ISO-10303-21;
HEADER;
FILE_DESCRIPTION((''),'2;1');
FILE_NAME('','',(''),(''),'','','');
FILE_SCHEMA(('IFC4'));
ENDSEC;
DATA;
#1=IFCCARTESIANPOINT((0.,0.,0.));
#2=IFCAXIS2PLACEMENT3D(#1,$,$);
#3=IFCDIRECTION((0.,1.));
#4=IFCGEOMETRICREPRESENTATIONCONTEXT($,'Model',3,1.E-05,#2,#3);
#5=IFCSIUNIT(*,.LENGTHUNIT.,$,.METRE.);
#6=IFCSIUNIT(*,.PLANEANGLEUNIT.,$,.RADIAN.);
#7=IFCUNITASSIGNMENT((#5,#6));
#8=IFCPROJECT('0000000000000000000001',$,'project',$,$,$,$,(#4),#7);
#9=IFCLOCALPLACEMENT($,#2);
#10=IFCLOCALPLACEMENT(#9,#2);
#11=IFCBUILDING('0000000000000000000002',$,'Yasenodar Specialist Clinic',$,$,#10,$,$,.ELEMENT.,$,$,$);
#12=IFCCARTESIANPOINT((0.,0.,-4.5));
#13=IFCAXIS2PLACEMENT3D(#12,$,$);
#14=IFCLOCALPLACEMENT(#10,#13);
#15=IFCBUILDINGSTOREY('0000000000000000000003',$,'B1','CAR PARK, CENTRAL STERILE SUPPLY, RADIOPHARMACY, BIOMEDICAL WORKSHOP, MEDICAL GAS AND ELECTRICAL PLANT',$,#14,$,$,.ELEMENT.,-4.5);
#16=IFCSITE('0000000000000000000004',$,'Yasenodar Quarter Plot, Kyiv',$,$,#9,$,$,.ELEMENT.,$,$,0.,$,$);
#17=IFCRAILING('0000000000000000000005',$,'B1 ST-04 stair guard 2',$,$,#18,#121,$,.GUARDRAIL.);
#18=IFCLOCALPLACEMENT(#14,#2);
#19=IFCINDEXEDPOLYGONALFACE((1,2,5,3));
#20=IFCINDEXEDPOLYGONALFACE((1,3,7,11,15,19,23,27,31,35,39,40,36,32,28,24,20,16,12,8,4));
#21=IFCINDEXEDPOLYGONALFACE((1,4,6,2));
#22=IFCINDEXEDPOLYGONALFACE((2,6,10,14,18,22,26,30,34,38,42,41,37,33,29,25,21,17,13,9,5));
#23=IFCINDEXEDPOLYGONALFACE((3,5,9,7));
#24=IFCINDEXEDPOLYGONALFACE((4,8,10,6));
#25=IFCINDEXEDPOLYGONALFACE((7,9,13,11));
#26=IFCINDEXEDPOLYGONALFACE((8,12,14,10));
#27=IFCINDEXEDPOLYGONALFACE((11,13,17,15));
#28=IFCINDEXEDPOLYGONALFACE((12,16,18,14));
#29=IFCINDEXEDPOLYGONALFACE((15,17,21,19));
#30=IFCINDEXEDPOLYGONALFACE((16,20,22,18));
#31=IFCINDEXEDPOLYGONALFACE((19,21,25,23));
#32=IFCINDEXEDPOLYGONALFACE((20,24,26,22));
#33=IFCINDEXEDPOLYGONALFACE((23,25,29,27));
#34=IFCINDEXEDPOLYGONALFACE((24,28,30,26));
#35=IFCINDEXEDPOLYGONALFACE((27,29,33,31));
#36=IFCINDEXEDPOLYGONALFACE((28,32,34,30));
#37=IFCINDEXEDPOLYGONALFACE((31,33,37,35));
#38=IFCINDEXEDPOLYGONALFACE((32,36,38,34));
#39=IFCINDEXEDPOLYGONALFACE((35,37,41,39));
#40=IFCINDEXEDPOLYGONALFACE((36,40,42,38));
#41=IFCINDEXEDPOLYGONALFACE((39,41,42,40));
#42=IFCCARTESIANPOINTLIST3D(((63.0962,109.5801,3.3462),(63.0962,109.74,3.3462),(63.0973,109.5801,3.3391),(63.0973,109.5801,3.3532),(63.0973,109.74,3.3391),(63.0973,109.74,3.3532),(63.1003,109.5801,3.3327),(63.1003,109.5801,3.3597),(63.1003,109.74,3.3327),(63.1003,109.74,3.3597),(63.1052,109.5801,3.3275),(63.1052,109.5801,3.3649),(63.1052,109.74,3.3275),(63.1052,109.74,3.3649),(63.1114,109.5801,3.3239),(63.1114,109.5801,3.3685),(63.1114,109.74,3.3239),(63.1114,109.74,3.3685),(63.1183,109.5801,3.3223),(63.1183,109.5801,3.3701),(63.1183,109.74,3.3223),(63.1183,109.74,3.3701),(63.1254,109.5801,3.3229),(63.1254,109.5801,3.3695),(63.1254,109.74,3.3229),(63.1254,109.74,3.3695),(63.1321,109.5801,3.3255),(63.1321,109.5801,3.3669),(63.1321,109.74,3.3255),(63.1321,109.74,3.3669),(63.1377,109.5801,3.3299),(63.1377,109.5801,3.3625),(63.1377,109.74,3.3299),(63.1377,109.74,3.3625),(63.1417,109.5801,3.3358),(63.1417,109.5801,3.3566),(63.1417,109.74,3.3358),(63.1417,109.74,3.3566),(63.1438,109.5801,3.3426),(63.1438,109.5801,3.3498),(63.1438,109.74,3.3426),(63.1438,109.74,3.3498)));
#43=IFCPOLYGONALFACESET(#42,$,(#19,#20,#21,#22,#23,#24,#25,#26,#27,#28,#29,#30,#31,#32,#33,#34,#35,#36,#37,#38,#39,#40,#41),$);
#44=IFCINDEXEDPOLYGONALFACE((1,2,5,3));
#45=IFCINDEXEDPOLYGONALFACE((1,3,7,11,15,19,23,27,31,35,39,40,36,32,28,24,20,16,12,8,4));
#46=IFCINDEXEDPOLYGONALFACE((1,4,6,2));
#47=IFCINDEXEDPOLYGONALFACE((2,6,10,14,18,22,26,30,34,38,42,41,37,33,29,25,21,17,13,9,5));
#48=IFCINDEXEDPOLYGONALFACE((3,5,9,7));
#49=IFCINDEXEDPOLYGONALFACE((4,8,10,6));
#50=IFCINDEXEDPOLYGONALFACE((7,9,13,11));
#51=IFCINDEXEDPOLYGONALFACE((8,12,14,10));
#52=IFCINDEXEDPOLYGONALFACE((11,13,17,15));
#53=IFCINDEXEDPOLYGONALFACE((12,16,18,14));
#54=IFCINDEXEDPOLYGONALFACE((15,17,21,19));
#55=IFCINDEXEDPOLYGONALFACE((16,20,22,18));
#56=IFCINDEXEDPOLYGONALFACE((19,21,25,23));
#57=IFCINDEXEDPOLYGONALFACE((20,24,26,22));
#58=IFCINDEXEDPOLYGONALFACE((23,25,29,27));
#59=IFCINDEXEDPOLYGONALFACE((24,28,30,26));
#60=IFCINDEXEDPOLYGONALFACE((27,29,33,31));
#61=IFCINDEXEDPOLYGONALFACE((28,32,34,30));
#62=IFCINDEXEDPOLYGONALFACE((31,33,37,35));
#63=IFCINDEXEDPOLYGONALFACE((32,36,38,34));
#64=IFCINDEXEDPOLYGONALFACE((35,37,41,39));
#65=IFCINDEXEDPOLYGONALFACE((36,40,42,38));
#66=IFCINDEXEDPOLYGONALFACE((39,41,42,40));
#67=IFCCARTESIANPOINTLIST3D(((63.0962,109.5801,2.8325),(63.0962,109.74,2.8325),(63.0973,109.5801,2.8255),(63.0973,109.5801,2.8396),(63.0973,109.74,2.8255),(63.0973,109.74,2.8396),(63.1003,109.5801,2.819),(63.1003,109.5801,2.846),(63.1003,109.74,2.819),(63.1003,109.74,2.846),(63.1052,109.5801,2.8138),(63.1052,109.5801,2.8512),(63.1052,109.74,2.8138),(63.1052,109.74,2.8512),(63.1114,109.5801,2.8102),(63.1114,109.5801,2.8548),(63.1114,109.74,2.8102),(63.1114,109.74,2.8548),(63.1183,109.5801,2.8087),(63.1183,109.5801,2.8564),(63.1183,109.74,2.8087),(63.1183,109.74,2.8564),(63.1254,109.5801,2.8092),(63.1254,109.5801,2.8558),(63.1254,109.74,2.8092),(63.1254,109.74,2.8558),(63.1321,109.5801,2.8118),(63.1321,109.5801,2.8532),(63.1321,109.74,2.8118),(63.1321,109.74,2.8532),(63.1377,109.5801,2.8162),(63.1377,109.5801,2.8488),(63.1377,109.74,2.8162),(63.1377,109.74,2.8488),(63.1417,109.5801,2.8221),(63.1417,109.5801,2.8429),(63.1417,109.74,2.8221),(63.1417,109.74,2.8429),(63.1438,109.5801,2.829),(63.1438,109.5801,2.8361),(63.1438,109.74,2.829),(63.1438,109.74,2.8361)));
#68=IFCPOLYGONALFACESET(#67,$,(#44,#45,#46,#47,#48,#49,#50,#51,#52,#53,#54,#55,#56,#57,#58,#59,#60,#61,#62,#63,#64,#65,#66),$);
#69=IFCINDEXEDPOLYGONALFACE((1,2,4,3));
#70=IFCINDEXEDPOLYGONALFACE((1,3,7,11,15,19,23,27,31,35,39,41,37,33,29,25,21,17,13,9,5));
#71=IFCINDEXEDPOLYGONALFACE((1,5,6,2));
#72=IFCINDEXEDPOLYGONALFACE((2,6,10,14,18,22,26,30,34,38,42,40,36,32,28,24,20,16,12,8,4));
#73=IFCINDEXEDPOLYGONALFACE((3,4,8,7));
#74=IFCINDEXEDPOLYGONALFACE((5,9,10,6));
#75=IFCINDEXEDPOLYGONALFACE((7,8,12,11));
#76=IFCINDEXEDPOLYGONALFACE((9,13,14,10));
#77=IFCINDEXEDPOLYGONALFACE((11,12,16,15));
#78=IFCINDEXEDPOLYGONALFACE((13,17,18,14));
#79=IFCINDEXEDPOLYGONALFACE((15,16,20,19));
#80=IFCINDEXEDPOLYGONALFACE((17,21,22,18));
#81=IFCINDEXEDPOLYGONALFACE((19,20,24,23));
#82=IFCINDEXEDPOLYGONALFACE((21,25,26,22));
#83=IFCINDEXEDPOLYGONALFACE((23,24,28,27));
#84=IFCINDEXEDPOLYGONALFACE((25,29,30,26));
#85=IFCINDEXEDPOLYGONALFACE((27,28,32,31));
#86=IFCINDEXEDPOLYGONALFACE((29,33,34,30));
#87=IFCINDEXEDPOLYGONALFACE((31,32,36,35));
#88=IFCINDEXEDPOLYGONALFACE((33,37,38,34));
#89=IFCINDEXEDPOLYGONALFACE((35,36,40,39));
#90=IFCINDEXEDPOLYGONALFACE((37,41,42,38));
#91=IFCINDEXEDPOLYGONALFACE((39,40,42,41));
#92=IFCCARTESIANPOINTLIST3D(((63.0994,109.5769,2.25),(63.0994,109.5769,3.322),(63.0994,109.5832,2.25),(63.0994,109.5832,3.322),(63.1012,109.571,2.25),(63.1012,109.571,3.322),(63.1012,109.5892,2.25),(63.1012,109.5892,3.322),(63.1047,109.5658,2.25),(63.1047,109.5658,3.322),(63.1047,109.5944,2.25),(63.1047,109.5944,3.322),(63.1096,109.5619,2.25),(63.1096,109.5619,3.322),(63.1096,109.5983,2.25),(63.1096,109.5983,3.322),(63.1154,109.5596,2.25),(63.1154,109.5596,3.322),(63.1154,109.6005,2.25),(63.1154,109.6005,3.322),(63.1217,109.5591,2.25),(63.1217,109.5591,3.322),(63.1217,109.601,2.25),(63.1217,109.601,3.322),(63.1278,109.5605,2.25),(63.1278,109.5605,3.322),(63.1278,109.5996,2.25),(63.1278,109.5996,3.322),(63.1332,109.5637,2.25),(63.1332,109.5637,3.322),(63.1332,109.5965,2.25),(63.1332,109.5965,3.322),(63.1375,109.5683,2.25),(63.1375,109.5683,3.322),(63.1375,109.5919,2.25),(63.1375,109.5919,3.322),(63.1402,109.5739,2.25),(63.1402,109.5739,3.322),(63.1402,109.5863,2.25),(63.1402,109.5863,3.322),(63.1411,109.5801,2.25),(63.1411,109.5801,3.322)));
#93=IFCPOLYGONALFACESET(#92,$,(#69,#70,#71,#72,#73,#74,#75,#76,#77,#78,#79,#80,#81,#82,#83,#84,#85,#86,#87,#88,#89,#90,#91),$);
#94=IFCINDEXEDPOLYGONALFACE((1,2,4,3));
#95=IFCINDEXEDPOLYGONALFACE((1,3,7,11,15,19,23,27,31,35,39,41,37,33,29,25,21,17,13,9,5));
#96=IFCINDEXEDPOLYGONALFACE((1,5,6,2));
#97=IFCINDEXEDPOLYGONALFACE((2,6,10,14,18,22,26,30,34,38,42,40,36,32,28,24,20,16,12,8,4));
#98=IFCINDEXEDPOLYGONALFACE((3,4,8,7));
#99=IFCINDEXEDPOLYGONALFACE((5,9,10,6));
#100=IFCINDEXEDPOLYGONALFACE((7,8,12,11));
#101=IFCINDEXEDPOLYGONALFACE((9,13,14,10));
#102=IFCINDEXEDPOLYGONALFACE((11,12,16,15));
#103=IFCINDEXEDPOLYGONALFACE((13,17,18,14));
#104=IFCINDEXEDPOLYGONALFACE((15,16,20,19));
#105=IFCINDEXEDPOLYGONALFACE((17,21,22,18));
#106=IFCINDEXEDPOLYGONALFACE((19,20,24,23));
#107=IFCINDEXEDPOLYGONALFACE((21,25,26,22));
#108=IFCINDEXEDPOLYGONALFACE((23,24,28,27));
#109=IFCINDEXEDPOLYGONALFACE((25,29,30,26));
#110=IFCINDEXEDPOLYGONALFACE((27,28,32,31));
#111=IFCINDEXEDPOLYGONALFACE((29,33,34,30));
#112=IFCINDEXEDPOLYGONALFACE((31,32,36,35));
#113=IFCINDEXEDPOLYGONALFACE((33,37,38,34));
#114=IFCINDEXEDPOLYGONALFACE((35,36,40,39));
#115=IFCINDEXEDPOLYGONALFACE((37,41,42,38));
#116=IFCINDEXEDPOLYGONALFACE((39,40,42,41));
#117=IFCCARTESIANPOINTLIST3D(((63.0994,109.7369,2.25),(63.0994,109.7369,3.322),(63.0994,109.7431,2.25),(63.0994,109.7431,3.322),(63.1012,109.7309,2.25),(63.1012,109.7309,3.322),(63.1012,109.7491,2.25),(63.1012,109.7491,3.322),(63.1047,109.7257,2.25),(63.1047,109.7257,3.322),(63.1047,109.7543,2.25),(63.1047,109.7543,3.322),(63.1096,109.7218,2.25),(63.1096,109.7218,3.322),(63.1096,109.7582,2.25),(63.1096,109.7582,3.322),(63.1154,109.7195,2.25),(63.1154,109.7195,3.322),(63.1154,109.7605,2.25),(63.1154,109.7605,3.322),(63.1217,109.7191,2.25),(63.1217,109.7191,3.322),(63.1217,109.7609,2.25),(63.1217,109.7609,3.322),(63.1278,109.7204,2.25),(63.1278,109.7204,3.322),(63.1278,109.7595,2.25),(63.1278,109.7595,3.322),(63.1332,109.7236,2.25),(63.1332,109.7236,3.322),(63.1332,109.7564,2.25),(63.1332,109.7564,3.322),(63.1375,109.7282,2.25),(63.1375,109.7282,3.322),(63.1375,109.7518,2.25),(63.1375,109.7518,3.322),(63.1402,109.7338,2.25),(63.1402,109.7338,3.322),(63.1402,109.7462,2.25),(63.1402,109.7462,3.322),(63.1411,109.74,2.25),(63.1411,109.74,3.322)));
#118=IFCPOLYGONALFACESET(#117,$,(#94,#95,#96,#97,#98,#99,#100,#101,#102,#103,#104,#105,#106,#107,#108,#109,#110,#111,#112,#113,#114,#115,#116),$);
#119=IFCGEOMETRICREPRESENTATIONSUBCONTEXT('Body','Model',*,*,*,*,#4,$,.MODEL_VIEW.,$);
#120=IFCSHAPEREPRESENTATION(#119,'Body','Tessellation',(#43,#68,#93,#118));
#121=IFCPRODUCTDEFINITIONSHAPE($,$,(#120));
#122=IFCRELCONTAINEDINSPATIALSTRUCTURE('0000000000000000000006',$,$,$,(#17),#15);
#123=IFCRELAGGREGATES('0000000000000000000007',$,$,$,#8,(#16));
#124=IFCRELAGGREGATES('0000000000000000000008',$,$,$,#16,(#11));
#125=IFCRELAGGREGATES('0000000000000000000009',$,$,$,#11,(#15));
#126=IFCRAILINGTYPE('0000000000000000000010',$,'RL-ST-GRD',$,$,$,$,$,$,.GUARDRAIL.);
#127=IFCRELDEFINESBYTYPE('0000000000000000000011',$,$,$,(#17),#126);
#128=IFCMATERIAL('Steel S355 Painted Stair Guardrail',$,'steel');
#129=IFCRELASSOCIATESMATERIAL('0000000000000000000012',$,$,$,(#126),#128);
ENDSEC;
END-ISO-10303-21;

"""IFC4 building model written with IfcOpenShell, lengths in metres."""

from ifc_helpers import new_model, si_unit, direction, frame, origin, origin_2d, place, context, subcontext, project, spatial, circle, extrude, material, type_object, element, save


model = new_model("IFC4")

# Units and contexts
model_context = context("Model", 3, precision=1e-05, world=origin(), true_north=direction((0.0, 1.0)))
body_context = subcontext(model_context, "Body", "Model", "MODEL_VIEW")
ifc_project = project(units=[si_unit("LENGTHUNIT", "METRE"), si_unit("PLANEANGLEUNIT", "RADIAN")], contexts=[model_context])

# Site, building, storey
site_placement = place(None, origin())
site = spatial("IfcSite", under=ifc_project, at=site_placement, Name="Yasenodar Quarter Plot, Kyiv", CompositionType="ELEMENT", RefElevation=0.0)
building_placement = place(site_placement, origin())
building = spatial("IfcBuilding", under=site, at=building_placement, Name="Yasenodar Specialist Clinic", CompositionType="ELEMENT")
storey_placement = place(building_placement, frame((0.0, 0.0, -4.5)))
storey = spatial("IfcBuildingStorey", under=building, at=storey_placement, Name="B1", Description="CAR PARK, CENTRAL STERILE SUPPLY, RADIOPHARMACY, BIOMEDICAL WORKSHOP, MEDICAL GAS AND ELECTRICAL PLANT", CompositionType="ELEMENT", Elevation=-4.5)

# Railing
ifc_material_1 = material(Name="Steel S355 Painted Stair Guardrail", Category="steel")
railing_type_1 = type_object("IfcRailingType", Name="RL-ST-GRD", PredefinedType="GUARDRAIL", material=ifc_material_1)
railing_1_placement = place(storey_placement, frame((63.1201, 109.5801, 2.25)))
element("IfcRailing", 1, at=railing_1_placement, inside=storey, type_object=railing_type_1, Name="B1 ST-04 stair guard 2", PredefinedType="GUARDRAIL", context=body_context, shape_type="SweptSolid", body=[
    extrude(circle(Radius=0.0239, at=origin_2d()), frame((0.0, 0.0, 1.0962), z_axis=(0.0, 1.0, 0.0), x_axis=(-1.0, 0.0, 0.0)), (0.0, 0.0, 1.0), 0.1599),
    extrude(circle(Radius=0.0239, at=origin_2d()), frame((0.0, 0.0, 0.5825), z_axis=(0.0, 1.0, 0.0), x_axis=(-1.0, 0.0, 0.0)), (0.0, 0.0, 1.0), 0.1599),
    extrude(circle(Radius=0.021, at=origin_2d()), origin(), (0.0, 0.0, 1.0), 1.072),
    extrude(circle(Radius=0.021, at=origin_2d()), frame((0.0, 0.1599, 0.0)), (0.0, 0.0, 1.0), 1.072),
])

save(model, "model.ifc")
